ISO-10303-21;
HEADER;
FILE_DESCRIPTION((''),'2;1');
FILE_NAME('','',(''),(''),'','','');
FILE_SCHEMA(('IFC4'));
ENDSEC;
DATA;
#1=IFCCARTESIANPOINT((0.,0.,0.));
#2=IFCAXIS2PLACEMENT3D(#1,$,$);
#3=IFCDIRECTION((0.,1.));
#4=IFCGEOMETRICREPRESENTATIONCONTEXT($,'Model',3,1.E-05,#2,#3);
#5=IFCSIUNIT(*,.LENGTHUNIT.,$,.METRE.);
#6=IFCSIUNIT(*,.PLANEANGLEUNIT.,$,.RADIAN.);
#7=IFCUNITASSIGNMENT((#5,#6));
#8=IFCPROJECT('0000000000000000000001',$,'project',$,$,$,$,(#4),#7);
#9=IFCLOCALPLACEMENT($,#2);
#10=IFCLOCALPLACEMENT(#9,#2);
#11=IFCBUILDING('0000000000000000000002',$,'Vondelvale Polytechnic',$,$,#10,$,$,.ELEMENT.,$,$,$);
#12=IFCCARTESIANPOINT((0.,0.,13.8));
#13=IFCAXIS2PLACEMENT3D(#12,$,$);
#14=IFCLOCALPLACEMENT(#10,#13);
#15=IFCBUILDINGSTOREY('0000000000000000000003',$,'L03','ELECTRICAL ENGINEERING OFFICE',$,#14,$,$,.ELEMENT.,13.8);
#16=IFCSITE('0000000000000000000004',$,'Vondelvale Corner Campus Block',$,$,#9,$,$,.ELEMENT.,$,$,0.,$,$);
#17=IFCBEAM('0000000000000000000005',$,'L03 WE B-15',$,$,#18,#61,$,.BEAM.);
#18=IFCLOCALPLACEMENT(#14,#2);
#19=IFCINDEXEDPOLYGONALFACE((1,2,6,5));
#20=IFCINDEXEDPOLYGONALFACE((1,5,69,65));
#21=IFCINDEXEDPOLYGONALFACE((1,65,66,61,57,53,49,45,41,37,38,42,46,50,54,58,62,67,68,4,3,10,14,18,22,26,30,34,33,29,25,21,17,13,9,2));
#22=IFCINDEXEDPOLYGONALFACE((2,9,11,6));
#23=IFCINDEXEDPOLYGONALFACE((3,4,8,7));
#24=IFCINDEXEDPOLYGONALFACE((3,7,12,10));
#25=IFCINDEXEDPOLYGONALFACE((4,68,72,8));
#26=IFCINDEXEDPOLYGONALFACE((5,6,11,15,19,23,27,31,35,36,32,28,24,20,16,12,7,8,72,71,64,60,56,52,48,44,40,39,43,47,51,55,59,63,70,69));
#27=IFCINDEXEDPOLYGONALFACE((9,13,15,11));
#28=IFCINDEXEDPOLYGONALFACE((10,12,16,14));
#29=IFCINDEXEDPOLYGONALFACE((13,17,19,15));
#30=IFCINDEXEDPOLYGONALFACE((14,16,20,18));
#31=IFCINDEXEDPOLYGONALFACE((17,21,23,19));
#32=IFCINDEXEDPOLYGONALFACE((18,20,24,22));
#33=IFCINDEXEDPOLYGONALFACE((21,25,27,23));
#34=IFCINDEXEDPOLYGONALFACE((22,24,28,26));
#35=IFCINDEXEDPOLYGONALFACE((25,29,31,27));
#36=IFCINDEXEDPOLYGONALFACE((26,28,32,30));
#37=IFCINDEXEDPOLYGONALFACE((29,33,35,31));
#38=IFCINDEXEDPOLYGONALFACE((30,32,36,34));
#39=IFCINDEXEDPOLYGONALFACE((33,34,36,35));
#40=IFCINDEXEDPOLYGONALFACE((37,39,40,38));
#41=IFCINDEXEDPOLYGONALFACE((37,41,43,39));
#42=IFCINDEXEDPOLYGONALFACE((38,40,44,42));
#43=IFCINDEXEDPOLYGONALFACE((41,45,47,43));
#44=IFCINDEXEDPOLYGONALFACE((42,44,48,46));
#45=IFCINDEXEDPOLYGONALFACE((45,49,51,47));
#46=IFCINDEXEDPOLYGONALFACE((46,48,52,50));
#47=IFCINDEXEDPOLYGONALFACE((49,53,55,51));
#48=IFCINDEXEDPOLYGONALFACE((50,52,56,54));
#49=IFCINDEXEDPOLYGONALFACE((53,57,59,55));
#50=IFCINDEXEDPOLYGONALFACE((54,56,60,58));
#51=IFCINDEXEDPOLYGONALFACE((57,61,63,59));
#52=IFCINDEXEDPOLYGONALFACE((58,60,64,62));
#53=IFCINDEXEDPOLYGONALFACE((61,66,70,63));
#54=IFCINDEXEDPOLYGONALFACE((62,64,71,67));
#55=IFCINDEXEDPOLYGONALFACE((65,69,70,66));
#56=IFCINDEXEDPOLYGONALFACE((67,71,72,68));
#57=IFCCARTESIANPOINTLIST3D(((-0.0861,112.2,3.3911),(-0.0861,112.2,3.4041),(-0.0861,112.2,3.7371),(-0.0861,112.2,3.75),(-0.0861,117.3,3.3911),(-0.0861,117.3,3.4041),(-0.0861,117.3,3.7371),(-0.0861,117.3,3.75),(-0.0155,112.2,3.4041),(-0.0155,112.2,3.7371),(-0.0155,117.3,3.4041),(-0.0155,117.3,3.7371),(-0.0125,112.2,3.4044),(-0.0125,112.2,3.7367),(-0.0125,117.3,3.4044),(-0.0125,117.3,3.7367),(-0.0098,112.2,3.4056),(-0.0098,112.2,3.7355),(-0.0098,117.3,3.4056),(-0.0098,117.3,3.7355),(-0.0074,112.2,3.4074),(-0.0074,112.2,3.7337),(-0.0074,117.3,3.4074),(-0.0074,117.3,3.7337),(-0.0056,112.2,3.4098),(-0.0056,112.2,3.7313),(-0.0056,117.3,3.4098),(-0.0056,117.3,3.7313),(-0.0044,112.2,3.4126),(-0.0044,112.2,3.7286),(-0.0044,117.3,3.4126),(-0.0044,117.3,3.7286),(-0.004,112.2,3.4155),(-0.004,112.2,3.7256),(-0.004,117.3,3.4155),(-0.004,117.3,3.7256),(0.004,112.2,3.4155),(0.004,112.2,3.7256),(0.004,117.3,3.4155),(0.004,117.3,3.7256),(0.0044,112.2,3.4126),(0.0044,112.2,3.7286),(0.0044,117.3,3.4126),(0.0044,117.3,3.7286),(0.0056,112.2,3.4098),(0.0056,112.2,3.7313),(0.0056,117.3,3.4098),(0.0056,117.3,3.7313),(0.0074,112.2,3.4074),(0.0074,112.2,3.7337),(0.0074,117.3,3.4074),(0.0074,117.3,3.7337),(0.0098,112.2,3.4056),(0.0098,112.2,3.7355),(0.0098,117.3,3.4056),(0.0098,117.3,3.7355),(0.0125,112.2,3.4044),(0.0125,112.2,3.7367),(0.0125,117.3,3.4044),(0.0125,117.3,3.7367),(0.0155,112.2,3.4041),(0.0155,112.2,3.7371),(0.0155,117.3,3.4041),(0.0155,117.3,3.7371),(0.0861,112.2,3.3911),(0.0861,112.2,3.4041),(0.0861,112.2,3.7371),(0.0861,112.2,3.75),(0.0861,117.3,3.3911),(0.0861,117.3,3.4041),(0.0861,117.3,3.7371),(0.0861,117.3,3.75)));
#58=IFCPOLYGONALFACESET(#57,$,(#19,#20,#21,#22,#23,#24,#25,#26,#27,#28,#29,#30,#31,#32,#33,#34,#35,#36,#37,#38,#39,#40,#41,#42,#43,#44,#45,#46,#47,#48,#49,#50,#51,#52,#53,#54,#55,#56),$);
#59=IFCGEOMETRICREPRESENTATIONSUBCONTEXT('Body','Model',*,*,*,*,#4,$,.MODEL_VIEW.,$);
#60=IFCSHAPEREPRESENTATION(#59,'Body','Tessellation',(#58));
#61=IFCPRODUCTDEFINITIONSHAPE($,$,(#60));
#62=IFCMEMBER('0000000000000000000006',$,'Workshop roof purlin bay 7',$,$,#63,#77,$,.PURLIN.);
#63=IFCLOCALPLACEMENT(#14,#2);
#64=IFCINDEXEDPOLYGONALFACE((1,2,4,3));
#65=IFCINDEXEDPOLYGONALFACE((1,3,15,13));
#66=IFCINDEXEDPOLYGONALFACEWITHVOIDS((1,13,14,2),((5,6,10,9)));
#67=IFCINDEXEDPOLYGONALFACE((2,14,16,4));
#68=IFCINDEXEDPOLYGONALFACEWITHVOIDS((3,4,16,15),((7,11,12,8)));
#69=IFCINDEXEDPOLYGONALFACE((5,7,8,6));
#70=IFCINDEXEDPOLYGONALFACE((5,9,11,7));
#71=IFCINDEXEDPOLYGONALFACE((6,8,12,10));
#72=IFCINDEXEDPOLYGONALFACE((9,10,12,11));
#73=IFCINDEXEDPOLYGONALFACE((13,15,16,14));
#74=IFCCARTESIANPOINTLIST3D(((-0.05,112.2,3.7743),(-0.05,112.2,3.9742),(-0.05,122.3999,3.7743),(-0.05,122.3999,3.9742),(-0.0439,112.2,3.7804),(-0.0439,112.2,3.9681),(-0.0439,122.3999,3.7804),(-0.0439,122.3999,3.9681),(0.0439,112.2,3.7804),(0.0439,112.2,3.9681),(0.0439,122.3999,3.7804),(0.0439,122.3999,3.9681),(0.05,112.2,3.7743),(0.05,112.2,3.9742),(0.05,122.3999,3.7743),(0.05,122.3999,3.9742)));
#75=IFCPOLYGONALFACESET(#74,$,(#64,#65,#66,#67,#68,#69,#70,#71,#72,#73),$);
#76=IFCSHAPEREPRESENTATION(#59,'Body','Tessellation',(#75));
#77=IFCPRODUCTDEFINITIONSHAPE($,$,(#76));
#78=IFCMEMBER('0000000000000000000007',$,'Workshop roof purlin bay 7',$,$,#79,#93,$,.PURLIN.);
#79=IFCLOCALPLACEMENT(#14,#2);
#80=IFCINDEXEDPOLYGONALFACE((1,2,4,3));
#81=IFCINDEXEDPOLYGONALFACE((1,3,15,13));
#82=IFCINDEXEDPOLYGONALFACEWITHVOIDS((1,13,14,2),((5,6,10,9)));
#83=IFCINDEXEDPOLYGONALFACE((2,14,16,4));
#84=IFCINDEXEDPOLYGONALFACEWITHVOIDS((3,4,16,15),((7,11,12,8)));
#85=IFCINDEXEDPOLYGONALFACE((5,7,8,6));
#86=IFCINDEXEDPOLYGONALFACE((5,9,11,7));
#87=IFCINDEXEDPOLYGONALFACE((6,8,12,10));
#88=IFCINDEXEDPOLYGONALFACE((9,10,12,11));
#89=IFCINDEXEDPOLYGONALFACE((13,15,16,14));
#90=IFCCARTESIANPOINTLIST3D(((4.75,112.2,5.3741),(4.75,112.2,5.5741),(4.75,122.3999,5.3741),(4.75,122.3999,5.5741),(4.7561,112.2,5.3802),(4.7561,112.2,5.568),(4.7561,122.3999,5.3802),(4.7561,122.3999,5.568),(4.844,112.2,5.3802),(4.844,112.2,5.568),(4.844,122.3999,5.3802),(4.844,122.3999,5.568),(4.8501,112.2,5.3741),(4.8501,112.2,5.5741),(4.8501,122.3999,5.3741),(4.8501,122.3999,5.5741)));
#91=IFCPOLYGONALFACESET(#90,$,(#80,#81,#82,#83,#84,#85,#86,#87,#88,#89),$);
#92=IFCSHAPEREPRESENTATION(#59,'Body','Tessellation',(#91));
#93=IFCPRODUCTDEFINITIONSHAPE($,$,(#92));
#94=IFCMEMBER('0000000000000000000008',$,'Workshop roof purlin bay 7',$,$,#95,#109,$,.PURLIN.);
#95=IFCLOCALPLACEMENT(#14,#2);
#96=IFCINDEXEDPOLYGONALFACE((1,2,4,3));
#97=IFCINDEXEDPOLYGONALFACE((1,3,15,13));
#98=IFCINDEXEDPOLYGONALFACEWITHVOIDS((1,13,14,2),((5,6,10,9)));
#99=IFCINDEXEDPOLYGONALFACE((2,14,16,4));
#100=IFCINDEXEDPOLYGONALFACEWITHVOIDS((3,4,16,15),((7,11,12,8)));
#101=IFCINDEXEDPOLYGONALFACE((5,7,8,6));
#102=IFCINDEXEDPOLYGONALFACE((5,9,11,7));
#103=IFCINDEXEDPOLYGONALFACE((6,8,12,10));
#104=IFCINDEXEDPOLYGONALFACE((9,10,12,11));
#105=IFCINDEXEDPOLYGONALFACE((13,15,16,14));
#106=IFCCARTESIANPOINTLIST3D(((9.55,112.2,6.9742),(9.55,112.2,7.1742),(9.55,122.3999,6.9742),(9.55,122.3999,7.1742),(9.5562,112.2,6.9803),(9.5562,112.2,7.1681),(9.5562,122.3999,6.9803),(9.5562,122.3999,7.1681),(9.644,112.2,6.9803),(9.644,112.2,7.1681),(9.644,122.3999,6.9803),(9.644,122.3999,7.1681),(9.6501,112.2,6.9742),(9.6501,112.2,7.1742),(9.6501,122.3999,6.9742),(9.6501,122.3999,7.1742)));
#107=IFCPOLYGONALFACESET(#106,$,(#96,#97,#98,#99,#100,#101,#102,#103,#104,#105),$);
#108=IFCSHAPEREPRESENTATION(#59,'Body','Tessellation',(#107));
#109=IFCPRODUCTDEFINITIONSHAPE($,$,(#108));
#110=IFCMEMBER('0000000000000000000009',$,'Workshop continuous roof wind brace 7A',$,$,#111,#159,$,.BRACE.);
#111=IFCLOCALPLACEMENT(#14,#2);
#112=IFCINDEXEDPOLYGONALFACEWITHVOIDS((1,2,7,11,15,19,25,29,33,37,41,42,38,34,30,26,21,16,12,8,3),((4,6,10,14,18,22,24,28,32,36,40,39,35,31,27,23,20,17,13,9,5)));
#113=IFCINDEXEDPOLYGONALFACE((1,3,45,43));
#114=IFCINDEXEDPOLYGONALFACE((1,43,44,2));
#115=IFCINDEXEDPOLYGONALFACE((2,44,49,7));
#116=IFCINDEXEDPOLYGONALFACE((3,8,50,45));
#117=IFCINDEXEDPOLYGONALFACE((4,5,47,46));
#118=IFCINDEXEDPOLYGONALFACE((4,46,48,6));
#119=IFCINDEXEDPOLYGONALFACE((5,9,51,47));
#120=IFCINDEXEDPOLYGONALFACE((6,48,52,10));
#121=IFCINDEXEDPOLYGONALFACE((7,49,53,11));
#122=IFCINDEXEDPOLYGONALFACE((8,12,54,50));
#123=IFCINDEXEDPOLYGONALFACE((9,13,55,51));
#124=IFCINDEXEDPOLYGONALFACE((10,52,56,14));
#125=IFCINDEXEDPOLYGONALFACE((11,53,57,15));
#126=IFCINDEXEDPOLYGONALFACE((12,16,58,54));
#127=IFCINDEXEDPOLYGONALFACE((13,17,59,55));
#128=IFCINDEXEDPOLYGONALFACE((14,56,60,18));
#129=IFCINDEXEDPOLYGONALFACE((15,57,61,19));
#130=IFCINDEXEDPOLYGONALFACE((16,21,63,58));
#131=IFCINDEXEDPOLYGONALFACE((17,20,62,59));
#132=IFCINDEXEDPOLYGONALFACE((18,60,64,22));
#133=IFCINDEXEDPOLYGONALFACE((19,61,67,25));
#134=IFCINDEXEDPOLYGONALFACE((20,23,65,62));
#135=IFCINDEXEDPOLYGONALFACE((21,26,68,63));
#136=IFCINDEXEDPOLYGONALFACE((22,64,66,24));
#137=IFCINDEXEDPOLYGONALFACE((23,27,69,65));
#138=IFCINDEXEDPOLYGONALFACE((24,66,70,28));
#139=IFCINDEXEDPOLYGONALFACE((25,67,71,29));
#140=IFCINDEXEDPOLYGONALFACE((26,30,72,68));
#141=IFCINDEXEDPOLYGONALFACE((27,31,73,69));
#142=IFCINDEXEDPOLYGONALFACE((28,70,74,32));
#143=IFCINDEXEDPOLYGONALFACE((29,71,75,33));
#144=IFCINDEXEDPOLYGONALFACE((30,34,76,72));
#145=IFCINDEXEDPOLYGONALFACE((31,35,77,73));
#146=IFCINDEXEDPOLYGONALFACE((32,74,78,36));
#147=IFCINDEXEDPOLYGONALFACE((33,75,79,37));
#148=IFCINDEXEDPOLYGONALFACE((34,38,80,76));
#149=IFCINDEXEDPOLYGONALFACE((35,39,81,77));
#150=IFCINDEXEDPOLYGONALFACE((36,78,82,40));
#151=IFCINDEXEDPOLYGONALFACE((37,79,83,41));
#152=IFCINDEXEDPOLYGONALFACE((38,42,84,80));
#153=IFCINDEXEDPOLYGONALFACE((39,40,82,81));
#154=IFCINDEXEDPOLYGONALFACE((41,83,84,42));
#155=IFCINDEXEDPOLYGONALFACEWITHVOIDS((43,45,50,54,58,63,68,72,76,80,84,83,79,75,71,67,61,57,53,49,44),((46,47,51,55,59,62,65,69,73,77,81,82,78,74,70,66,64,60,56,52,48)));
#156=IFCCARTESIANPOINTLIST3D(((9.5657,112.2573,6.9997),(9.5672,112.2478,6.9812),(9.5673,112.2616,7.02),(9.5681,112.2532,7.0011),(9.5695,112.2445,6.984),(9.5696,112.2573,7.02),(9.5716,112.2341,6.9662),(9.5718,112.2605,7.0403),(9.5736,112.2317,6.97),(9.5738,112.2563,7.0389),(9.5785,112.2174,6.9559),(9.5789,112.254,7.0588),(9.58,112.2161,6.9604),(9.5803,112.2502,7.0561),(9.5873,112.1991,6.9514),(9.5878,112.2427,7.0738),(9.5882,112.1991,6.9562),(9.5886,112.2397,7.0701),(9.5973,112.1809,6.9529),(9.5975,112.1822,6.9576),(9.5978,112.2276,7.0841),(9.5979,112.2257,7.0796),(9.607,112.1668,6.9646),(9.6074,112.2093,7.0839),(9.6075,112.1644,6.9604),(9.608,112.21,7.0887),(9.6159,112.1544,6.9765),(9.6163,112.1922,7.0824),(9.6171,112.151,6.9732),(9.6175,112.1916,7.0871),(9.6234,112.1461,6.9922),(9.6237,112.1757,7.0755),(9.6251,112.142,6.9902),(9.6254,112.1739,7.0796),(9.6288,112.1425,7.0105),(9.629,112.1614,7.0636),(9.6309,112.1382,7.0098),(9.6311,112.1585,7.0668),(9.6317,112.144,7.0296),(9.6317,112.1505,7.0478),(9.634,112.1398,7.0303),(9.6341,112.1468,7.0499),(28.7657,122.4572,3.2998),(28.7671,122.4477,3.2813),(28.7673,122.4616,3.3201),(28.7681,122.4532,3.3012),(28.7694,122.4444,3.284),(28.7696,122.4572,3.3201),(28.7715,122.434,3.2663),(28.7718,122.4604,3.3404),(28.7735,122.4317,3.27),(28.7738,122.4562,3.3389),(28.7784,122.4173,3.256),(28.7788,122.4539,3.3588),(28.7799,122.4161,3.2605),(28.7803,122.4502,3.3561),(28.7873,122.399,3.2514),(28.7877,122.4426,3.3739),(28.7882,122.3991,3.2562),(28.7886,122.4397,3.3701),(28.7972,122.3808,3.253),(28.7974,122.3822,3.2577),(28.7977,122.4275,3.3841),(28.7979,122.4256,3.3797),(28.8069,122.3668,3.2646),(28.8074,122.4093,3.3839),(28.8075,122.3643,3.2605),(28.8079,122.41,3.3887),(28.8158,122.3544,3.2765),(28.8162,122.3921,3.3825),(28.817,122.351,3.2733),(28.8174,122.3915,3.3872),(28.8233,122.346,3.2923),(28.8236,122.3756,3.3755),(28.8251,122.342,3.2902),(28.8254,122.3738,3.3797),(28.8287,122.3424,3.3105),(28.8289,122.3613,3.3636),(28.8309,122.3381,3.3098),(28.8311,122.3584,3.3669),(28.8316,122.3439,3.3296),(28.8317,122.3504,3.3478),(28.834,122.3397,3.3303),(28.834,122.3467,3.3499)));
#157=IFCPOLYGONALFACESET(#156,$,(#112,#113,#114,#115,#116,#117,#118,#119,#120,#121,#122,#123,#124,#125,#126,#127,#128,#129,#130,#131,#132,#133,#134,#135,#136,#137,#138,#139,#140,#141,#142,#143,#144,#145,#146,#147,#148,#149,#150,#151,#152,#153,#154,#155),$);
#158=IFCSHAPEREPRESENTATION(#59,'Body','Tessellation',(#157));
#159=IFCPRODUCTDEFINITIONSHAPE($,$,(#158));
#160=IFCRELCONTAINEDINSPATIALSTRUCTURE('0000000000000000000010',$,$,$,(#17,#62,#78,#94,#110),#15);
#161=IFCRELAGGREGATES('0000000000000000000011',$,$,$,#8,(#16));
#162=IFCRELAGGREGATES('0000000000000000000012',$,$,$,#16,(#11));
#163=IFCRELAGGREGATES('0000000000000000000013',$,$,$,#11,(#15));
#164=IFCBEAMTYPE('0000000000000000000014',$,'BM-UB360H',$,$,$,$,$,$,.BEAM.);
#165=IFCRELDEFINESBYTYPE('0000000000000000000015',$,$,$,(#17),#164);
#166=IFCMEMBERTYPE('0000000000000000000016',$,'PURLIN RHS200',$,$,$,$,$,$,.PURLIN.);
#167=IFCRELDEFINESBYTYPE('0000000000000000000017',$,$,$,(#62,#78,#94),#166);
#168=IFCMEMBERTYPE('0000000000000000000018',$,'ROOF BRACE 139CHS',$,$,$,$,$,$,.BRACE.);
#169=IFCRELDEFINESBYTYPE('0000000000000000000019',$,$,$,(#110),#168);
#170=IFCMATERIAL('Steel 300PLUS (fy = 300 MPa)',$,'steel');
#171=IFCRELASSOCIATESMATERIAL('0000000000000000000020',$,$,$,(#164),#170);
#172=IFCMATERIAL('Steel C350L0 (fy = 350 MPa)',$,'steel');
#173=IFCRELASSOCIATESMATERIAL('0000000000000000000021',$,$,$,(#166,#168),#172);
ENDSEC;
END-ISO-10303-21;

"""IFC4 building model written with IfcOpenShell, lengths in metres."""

from ifc_helpers import new_model, si_unit, direction, frame, origin, origin_2d, place, context, subcontext, project, spatial, hollow_rectangle, hollow_circle, i_section, extrude, material, material_profile, profile_set, type_object, element, save


model = new_model("IFC4")

# Units and contexts
model_context = context("Model", 3, precision=1e-05, world=origin(), true_north=direction((0.0, 1.0)))
body_context = subcontext(model_context, "Body", "Model", "MODEL_VIEW")
ifc_project = project(units=[si_unit("LENGTHUNIT", "METRE"), si_unit("PLANEANGLEUNIT", "RADIAN")], contexts=[model_context])

# Site, building, storey
site_placement = place(None, origin())
site = spatial("IfcSite", under=ifc_project, at=site_placement, Name="Vondelvale Corner Campus Block", CompositionType="ELEMENT", RefElevation=0.0)
building_placement = place(site_placement, origin())
building = spatial("IfcBuilding", under=site, at=building_placement, Name="Vondelvale Polytechnic", CompositionType="ELEMENT")
storey_placement = place(building_placement, frame((0.0, 0.0, 13.8)))
storey = spatial("IfcBuildingStorey", under=building, at=storey_placement, Name="L03", Description="ELECTRICAL ENGINEERING OFFICE", CompositionType="ELEMENT", Elevation=13.8)

# Beam
ifc_material_1 = material(Name="Steel 300PLUS (fy = 300 MPa)", Category="steel")
ifc_material_profile_1 = material_profile(ifc_material_1, i_section(OverallWidth=0.1721, OverallDepth=0.3589, WebThickness=0.0081, FlangeThickness=0.0129, FilletRadius=0.0115, at=origin_2d()), Name="360UB56.7")
ifc_profile_set_1 = profile_set([ifc_material_profile_1], Name="Steel 300PLUS (fy = 300 MPa)")
beam_type = type_object("IfcBeamType", Name="BM-UB360H", PredefinedType="BEAM", material=ifc_profile_set_1)
beam_placement = place(storey_placement, frame((0.0, 112.2, 3.5706), z_axis=(0.0, 1.0, 0.0), x_axis=(-1.0, 0.0, 0.0)))
element("IfcBeam", 1, at=beam_placement, inside=storey, type_object=beam_type, Name="L03 WE B-15", PredefinedType="BEAM", context=body_context, shape_type="SweptSolid", body=[
    extrude(i_section(OverallWidth=0.1721, OverallDepth=0.3589, WebThickness=0.0081, FlangeThickness=0.0129, FilletRadius=0.0115, at=origin_2d()), origin(), (0.0, 0.0, 1.0), 5.1001),
])

# Members
ifc_material_2 = material(Name="Steel C350L0 (fy = 350 MPa)", Category="steel")
ifc_material_profile_2 = material_profile(ifc_material_2, hollow_rectangle(XDim=0.1001, YDim=0.2, WallThickness=0.0061, at=origin_2d()), Name="200x100x6.0RHS")
ifc_profile_set_2 = profile_set([ifc_material_profile_2], Name="Steel C350L0 (fy = 350 MPa)")
member_type_1 = type_object("IfcMemberType", Name="PURLIN RHS200", PredefinedType="PURLIN", material=ifc_profile_set_2)
for number, where, z_axis, x_axis, name in (
    (2, (0.0, 112.2, 3.8743), (0.0, 1.0, 0.0), (-1.0, 0.0, 0.0), "Workshop roof purlin bay 7"),
    (3, (4.8, 112.2, 5.4741), (0.0, 1.0, 0.0), (-1.0, 0.0, 0.0), "Workshop roof purlin bay 7"),
    (4, (9.6001, 112.2, 7.0742), (0.0, 1.0, 0.0), (-1.0, 0.0, 0.0), "Workshop roof purlin bay 7"),
):
    element("IfcMember", number, at=place(storey_placement, frame(where, z_axis=z_axis, x_axis=x_axis)), inside=storey, type_object=member_type_1, Name=name, PredefinedType="PURLIN", context=body_context, shape_type="SweptSolid", body=[
        extrude(hollow_rectangle(XDim=0.1001, YDim=0.2, WallThickness=0.0061, at=origin_2d()), origin(), (0.0, 0.0, 1.0), 10.2),
    ])
ifc_material_profile_3 = material_profile(ifc_material_2, hollow_circle(Radius=0.0698, WallThickness=0.0049, at=origin_2d()), Name="139.7x5.0CHS")
ifc_profile_set_3 = profile_set([ifc_material_profile_3], Name="Steel C350L0 (fy = 350 MPa)")
member_type_2 = type_object("IfcMemberType", Name="ROOF BRACE 139CHS", PredefinedType="BRACE", material=ifc_profile_set_3)
member_1_placement = place(storey_placement, frame((9.6001, 112.2, 7.02), z_axis=(0.870599, 0.462505, -0.16777), x_axis=(-0.469154, 0.883116, 0.0)))
element("IfcMember", 5, at=member_1_placement, inside=storey, type_object=member_type_2, Name="Workshop continuous roof wind brace 7A", PredefinedType="BRACE", context=body_context, shape_type="SweptSolid", body=[
    extrude(hollow_circle(Radius=0.0698, WallThickness=0.0049, at=origin_2d()), origin(), (0.0, 0.0, 1.0), 22.0537),
])

save(model, "model.ifc")
